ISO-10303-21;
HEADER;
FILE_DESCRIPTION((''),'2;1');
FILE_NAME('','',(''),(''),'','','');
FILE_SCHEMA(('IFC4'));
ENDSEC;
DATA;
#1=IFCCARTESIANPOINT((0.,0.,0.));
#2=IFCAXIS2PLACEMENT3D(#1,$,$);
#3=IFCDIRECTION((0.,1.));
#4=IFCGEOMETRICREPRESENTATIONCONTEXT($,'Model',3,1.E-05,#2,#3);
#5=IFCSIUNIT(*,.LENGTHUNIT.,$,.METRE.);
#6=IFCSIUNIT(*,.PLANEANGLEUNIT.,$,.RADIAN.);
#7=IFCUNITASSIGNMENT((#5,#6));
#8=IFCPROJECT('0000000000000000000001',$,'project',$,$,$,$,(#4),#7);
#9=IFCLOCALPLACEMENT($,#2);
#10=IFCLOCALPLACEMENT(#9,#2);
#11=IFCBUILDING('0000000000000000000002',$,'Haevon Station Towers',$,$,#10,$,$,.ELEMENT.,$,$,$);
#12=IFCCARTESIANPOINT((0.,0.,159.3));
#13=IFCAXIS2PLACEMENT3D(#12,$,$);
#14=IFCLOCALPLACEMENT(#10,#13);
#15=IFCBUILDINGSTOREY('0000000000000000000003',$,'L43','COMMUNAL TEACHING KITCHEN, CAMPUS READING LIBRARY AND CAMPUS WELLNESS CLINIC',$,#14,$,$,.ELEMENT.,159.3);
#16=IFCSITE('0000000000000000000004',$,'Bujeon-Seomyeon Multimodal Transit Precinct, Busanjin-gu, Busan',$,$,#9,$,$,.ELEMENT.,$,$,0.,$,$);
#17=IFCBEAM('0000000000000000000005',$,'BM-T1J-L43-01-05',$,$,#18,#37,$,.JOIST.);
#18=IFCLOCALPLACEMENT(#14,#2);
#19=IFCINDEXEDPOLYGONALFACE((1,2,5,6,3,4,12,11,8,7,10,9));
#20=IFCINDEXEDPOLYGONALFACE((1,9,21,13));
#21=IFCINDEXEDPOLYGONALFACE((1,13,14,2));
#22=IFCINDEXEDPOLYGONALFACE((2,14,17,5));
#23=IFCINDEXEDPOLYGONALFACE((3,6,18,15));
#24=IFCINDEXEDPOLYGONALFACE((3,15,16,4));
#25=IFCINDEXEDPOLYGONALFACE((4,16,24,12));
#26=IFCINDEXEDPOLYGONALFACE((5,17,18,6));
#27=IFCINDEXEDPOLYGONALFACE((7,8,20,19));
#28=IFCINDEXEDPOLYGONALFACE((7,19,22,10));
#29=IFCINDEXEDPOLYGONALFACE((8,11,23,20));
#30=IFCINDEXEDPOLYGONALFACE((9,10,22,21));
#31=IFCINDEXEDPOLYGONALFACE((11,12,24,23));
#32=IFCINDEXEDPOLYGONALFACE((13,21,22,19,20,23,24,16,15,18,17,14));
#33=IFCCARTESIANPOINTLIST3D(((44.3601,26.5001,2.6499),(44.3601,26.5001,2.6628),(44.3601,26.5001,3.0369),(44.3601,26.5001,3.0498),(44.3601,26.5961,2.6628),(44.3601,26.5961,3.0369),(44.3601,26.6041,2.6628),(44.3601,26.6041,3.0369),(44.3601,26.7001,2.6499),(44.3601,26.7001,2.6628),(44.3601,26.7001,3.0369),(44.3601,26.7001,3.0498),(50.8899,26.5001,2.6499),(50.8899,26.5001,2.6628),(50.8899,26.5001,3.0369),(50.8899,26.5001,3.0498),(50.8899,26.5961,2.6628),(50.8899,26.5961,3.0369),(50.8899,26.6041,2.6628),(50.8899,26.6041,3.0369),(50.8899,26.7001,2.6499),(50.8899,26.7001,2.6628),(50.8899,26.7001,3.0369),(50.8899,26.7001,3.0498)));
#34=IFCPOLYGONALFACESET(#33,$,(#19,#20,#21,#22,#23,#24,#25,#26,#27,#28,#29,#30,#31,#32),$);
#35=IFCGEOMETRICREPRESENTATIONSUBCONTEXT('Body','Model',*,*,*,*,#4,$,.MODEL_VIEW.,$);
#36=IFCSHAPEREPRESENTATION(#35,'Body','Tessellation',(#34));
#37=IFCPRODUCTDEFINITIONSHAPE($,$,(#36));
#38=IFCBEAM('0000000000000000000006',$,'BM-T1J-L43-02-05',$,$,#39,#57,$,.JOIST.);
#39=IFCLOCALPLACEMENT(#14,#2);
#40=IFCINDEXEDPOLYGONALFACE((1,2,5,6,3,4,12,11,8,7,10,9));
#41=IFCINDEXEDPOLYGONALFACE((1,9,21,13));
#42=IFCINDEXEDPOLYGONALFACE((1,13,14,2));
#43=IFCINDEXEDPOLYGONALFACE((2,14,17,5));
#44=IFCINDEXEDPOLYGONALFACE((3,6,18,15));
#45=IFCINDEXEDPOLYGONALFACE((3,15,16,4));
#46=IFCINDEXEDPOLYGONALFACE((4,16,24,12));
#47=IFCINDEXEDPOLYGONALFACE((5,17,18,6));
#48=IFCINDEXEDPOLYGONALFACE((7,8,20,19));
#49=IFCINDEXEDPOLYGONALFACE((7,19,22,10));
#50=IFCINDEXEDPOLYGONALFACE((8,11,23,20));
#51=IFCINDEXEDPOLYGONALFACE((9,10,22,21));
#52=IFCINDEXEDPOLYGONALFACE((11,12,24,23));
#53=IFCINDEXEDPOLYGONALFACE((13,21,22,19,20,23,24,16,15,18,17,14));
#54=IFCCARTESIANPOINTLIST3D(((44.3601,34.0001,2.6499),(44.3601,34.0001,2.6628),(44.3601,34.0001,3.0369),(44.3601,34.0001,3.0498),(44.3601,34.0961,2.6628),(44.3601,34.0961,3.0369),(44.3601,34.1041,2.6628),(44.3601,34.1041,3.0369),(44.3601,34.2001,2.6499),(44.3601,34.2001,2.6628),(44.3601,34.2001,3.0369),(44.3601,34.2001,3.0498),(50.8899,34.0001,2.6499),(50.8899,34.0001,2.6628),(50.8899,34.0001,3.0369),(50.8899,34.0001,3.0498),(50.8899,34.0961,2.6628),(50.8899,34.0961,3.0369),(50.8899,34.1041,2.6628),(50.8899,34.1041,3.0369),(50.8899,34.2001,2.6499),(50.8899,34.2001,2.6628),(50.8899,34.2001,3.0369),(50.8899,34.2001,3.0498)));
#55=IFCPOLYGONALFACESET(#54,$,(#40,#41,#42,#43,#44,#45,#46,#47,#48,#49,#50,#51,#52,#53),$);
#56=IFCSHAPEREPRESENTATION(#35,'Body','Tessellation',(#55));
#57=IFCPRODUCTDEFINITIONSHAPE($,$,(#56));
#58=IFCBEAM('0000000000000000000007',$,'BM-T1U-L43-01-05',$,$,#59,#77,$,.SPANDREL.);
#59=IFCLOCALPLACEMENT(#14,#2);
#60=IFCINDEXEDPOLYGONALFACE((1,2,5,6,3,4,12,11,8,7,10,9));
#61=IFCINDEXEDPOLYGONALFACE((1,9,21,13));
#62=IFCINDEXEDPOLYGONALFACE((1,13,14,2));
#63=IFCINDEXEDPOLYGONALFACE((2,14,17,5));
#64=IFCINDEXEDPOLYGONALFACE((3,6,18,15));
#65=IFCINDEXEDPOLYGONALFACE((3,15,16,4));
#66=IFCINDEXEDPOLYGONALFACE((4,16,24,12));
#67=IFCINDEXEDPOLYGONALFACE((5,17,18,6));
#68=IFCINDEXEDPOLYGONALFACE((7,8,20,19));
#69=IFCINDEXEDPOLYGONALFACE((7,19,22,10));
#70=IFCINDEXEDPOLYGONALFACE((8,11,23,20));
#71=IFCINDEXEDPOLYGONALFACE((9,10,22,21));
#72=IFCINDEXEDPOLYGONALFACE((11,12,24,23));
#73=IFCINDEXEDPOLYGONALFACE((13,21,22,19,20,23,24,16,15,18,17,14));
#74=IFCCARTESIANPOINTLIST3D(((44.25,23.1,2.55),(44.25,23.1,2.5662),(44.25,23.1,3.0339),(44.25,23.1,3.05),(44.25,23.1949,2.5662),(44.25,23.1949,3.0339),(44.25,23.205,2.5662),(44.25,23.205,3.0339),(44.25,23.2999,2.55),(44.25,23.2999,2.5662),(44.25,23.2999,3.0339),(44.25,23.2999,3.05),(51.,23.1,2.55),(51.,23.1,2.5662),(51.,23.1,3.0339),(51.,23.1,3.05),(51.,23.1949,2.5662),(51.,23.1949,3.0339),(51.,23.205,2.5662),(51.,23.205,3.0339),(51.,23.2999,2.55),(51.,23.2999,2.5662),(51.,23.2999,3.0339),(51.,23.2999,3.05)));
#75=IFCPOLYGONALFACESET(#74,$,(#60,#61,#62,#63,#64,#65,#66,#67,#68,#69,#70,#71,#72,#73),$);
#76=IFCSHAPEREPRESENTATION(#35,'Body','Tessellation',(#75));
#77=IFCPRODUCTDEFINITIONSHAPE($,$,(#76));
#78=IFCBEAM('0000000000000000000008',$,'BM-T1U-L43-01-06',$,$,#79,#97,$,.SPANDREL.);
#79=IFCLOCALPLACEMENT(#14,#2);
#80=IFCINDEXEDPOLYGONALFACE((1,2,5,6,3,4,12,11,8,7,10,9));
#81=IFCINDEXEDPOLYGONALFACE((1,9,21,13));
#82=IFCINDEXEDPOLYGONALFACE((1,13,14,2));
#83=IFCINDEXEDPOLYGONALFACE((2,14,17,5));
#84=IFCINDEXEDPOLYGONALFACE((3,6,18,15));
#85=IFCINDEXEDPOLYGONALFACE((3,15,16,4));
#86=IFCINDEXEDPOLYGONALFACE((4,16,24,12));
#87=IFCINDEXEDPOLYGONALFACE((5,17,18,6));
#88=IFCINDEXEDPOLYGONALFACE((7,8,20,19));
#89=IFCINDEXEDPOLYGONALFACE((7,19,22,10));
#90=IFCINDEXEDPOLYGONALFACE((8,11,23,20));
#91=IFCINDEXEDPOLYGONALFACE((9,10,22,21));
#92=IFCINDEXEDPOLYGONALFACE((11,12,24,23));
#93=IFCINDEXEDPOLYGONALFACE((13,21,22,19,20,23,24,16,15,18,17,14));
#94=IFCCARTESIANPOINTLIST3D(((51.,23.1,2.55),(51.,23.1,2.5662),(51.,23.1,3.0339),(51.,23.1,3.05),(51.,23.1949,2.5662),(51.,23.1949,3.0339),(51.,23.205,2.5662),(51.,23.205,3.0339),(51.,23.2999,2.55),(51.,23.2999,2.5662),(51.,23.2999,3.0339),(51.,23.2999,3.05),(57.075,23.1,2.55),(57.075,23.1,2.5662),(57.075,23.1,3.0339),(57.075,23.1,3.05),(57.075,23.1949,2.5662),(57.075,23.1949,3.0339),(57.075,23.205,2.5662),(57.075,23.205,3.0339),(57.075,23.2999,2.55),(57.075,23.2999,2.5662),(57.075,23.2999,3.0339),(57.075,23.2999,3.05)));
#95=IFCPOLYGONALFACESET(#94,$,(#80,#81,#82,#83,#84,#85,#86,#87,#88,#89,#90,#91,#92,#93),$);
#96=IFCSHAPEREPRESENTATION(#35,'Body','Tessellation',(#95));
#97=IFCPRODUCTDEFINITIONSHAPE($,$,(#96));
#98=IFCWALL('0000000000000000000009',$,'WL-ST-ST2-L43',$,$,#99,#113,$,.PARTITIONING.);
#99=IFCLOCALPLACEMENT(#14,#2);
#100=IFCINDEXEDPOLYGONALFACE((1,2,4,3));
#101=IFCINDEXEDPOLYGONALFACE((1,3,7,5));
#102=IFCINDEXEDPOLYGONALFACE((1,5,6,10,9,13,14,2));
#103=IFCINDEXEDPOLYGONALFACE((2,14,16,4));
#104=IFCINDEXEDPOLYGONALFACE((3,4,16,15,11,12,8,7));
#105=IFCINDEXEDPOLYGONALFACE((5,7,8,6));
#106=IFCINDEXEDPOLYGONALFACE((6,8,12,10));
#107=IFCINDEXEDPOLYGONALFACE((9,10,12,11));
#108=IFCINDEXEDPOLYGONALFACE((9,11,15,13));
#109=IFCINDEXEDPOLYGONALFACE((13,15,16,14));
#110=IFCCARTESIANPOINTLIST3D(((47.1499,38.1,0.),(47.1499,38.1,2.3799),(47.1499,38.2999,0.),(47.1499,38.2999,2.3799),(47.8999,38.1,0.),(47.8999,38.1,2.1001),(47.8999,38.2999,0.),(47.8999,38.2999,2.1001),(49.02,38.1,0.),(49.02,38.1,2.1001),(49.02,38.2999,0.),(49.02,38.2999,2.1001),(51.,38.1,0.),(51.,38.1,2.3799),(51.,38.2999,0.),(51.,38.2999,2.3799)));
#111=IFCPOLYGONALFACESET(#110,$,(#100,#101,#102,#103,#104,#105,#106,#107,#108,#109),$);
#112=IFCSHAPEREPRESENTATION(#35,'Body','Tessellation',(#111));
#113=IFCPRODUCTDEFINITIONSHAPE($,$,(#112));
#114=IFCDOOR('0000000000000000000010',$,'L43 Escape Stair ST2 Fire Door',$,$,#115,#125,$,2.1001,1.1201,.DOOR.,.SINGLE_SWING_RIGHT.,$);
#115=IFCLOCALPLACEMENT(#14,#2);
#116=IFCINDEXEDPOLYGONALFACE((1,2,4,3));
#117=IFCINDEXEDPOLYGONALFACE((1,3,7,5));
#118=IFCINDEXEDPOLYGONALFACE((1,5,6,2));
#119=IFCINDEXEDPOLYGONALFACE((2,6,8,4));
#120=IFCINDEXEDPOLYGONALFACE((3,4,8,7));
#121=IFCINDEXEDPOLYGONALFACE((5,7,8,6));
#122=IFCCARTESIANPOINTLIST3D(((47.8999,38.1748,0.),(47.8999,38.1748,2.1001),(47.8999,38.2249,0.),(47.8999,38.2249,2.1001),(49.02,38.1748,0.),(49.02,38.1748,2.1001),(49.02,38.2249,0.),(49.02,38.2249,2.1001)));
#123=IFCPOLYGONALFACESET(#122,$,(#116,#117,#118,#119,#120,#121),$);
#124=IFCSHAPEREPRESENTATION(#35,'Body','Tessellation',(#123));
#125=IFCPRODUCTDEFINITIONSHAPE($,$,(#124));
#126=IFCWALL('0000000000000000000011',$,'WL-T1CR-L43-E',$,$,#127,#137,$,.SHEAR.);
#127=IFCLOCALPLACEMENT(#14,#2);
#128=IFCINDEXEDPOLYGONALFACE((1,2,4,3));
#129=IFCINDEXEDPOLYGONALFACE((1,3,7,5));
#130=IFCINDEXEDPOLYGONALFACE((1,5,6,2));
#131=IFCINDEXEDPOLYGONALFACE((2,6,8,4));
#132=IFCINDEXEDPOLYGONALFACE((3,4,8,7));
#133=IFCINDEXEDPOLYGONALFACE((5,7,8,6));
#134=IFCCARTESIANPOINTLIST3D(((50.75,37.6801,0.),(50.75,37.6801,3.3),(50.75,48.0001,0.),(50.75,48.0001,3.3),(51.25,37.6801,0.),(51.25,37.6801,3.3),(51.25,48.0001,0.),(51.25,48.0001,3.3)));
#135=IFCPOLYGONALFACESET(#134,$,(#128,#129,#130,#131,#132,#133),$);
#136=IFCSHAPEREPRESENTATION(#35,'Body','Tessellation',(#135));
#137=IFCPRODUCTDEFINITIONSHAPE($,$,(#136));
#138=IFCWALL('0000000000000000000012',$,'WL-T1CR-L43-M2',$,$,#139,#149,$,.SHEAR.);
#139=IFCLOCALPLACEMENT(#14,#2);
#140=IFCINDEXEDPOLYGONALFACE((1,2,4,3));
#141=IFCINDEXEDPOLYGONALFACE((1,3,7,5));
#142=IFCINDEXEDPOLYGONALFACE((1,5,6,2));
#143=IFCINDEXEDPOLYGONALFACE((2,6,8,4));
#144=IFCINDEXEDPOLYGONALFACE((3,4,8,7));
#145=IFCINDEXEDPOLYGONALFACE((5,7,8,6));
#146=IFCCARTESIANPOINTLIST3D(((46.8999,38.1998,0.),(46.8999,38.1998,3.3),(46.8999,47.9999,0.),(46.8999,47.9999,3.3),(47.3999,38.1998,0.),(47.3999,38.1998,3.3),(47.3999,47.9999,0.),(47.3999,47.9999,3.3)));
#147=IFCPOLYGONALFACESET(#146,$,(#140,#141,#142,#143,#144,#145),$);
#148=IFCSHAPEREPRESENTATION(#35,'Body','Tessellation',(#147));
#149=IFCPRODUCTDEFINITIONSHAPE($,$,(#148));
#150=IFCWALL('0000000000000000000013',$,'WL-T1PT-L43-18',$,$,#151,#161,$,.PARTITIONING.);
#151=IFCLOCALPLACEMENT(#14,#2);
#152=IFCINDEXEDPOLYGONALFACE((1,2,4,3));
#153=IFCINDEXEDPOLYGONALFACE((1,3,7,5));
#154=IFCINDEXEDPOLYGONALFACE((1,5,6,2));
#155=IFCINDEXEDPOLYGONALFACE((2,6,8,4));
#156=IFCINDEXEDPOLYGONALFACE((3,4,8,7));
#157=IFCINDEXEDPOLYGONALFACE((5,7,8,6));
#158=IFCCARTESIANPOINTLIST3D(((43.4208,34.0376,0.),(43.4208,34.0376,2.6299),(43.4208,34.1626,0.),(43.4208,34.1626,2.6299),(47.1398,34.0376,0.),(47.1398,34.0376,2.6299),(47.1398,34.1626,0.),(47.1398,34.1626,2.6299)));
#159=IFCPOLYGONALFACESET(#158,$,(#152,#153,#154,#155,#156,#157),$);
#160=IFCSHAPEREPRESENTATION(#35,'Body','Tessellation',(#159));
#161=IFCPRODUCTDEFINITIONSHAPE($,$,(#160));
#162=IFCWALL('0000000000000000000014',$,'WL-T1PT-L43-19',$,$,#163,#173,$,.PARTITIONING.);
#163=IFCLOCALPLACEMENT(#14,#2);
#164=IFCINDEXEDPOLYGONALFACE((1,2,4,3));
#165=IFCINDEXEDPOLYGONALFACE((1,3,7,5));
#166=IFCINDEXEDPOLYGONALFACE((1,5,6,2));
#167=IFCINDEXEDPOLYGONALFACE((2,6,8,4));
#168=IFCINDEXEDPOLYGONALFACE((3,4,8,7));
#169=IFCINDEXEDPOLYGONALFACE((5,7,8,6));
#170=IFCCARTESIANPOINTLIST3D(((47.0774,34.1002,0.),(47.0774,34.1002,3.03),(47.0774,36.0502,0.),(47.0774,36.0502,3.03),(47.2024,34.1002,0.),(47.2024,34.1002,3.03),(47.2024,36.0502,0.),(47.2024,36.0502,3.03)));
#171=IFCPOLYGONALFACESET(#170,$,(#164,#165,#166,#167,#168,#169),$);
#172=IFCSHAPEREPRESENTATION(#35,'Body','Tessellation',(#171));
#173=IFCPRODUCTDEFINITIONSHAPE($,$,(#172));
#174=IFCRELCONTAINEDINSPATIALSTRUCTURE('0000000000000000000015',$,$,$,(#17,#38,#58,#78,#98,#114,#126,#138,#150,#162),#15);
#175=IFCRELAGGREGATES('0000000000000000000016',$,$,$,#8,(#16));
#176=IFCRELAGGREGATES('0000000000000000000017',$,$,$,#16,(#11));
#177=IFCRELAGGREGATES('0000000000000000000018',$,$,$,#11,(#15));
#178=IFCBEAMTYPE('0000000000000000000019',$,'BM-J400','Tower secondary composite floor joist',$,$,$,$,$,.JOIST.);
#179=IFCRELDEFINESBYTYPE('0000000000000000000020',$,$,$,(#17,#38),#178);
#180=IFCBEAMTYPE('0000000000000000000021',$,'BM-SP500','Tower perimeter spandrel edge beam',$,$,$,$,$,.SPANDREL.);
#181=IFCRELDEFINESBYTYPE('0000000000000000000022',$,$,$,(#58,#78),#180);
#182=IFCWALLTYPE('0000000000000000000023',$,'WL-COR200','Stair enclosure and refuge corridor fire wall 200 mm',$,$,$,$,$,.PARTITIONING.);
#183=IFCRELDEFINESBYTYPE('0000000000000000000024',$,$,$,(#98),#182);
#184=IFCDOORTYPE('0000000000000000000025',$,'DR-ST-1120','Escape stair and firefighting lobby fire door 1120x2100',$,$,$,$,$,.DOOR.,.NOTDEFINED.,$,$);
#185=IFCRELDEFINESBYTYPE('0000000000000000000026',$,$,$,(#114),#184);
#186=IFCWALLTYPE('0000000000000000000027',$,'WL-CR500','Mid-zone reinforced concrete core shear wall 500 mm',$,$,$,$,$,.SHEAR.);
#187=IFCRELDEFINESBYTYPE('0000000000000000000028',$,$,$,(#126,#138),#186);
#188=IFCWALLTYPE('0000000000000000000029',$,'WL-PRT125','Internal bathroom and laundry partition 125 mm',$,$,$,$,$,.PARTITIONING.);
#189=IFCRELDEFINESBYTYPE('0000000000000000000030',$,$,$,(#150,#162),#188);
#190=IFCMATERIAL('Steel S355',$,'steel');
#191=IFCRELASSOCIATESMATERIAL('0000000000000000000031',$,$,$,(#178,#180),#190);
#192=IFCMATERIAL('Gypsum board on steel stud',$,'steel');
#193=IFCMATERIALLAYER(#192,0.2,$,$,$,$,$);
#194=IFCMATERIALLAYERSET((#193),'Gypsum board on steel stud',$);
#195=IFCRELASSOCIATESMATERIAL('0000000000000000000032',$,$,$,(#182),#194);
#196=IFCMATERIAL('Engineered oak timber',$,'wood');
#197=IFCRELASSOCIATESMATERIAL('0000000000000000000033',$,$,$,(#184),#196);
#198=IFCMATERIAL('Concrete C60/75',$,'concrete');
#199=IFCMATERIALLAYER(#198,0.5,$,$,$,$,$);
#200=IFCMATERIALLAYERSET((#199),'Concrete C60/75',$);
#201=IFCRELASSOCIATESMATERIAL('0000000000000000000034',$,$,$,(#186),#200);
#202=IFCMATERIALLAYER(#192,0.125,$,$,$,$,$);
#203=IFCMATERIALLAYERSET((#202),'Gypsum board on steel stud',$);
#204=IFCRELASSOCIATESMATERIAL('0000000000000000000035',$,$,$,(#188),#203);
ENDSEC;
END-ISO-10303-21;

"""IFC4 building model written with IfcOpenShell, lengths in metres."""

from ifc_helpers import new_model, si_unit, direction, frame, frame_2d, origin, origin_2d, place, context, subcontext, project, spatial, rectangle, i_section, extrude, material, layer, layer_set, material_profile, profile_set, type_object, element, fill, save


model = new_model("IFC4")

# Units and contexts
model_context = context("Model", 3, precision=1e-05, world=origin(), true_north=direction((0.0, 1.0)))
body_context = subcontext(model_context, "Body", "Model", "MODEL_VIEW")
ifc_project = project(units=[si_unit("LENGTHUNIT", "METRE"), si_unit("PLANEANGLEUNIT", "RADIAN")], contexts=[model_context])

# Site, building, storey
site_placement = place(None, origin())
site = spatial("IfcSite", under=ifc_project, at=site_placement, Name="Bujeon-Seomyeon Multimodal Transit Precinct, Busanjin-gu, Busan", CompositionType="ELEMENT", RefElevation=0.0)
building_placement = place(site_placement, origin())
building = spatial("IfcBuilding", under=site, at=building_placement, Name="Haevon Station Towers", CompositionType="ELEMENT")
storey_placement = place(building_placement, frame((0.0, 0.0, 159.3)))
storey = spatial("IfcBuildingStorey", under=building, at=storey_placement, Name="L43", Description="COMMUNAL TEACHING KITCHEN, CAMPUS READING LIBRARY AND CAMPUS WELLNESS CLINIC", CompositionType="ELEMENT", Elevation=159.3)

# Shared definitions
ifc_material_1 = material(Name="Steel S355", Category="steel")

# Beams
ifc_material_profile_1 = material_profile(ifc_material_1, i_section(OverallWidth=0.2, OverallDepth=0.3999, WebThickness=0.0081, FlangeThickness=0.0129, at=origin_2d()), Name="H-400x200x8x13")
ifc_profile_set_1 = profile_set([ifc_material_profile_1], Name="Steel S355")
beam_type_1 = type_object("IfcBeamType", Name="BM-J400", Description="Tower secondary composite floor joist", PredefinedType="JOIST", material=ifc_profile_set_1)
for number, where, z_axis, x_axis, name in (
    (1, (44.3601, 26.6001, 2.8499), (1.0, 0.0, 0.0), (0.0, 1.0, 0.0), "BM-T1J-L43-01-05"),
    (2, (44.3601, 34.1001, 2.8499), (1.0, 0.0, 0.0), (0.0, 1.0, 0.0), "BM-T1J-L43-02-05"),
):
    element("IfcBeam", number, at=place(storey_placement, frame(where, z_axis=z_axis, x_axis=x_axis)), inside=storey, type_object=beam_type_1, Name=name, PredefinedType="JOIST", context=body_context, shape_type="SweptSolid", body=[
        extrude(i_section(OverallWidth=0.2, OverallDepth=0.3999, WebThickness=0.0081, FlangeThickness=0.0129, at=origin_2d()), origin(), (0.0, 0.0, 1.0), 6.5298),
    ])
ifc_material_profile_2 = material_profile(ifc_material_1, i_section(OverallWidth=0.2, OverallDepth=0.5, WebThickness=0.01, FlangeThickness=0.0161, at=origin_2d()), Name="H-500x200x10x16")
ifc_profile_set_2 = profile_set([ifc_material_profile_2], Name="Steel S355")
beam_type_2 = type_object("IfcBeamType", Name="BM-SP500", Description="Tower perimeter spandrel edge beam", PredefinedType="SPANDREL", material=ifc_profile_set_2)
beam_1_placement = place(storey_placement, frame((44.25, 23.2, 2.8), z_axis=(1.0, 0.0, 0.0), x_axis=(0.0, 1.0, 0.0)))
element("IfcBeam", 3, at=beam_1_placement, inside=storey, type_object=beam_type_2, Name="BM-T1U-L43-01-05", PredefinedType="SPANDREL", context=body_context, shape_type="SweptSolid", body=[
    extrude(i_section(OverallWidth=0.2, OverallDepth=0.5, WebThickness=0.01, FlangeThickness=0.0161, at=origin_2d()), origin(), (0.0, 0.0, 1.0), 6.75),
])
beam_2_placement = place(storey_placement, frame((51.0, 23.2, 2.8), z_axis=(1.0, 0.0, 0.0), x_axis=(0.0, 1.0, 0.0)))
element("IfcBeam", 4, at=beam_2_placement, inside=storey, type_object=beam_type_2, Name="BM-T1U-L43-01-06", PredefinedType="SPANDREL", context=body_context, shape_type="SweptSolid", body=[
    extrude(i_section(OverallWidth=0.2, OverallDepth=0.5, WebThickness=0.01, FlangeThickness=0.0161, at=origin_2d()), origin(), (0.0, 0.0, 1.0), 6.075),
])

# Wall, opening, door
ifc_material_2 = material(Name="Gypsum board on steel stud", Category="steel")
ifc_layer_1 = layer(ifc_material_2, 0.2)
ifc_layer_set_1 = layer_set([ifc_layer_1], Name="Gypsum board on steel stud")
wall_type_1 = type_object("IfcWallType", Name="WL-COR200", Description="Stair enclosure and refuge corridor fire wall 200 mm", PredefinedType="PARTITIONING", material=ifc_layer_set_1)
wall_1_placement = place(storey_placement, frame((47.1499, 38.2, 0.0), z_axis=(0.0, 0.0, 1.0), x_axis=(1.0, 0.0, 0.0)))
wall_1 = element("IfcWall", 5, at=wall_1_placement, inside=storey, type_object=wall_type_1, Name="WL-ST-ST2-L43", PredefinedType="PARTITIONING", context=body_context, shape_type="SweptSolid", body=[
    extrude(rectangle(XDim=3.8501, YDim=0.2, at=frame_2d((1.925, 0.0))), origin(), (0.0, 0.0, 1.0), 2.3799),
])
opening_placement = place(wall_1_placement, frame((0.75, 0.0, 0.0)))
opening = element("IfcOpeningElement", 6, at=opening_placement, cuts=wall_1, PredefinedType="OPENING", context=body_context, shape_type="SweptSolid", body=[
    extrude(rectangle(XDim=1.1201, YDim=2.1001, at=frame_2d((0.5601, 1.05))), frame((0.0, 0.1099, 0.0), z_axis=(0.0, -1.0, 0.0), x_axis=(1.0, 0.0, 0.0)), (0.0, 0.0, 1.0), 0.22),
])
ifc_material_3 = material(Name="Engineered oak timber", Category="wood")
door_type = type_object("IfcDoorType", Name="DR-ST-1120", Description="Escape stair and firefighting lobby fire door 1120x2100", OperationType="NOTDEFINED", PredefinedType="DOOR", material=ifc_material_3)
door_placement = place(opening_placement, origin())
door = element("IfcDoor", 7, at=door_placement, inside=storey, type_object=door_type, Name="L43 Escape Stair ST2 Fire Door", OperationType="SINGLE_SWING_RIGHT", OverallHeight=2.1001, OverallWidth=1.1201, PredefinedType="DOOR", context=body_context, shape_type="SweptSolid", body=[
    extrude(rectangle(XDim=1.1201, YDim=2.1001, at=frame_2d((0.5601, 1.05))), frame((0.0, 0.0249, 0.0), z_axis=(0.0, -1.0, 0.0), x_axis=(1.0, 0.0, 0.0)), (0.0, 0.0, 1.0), 0.05),
])
fill(opening, door)

# Walls
ifc_material_4 = material(Name="Concrete C60/75", Category="concrete")
ifc_layer_2 = layer(ifc_material_4, 0.5)
ifc_layer_set_2 = layer_set([ifc_layer_2], Name="Concrete C60/75")
wall_type_2 = type_object("IfcWallType", Name="WL-CR500", Description="Mid-zone reinforced concrete core shear wall 500 mm", PredefinedType="SHEAR", material=ifc_layer_set_2)
wall_2_placement = place(storey_placement, frame((51.0, 37.6799, 0.0), z_axis=(0.0, 0.0, 1.0), x_axis=(0.0, 1.0, 0.0)))
element("IfcWall", 8, at=wall_2_placement, inside=storey, type_object=wall_type_2, Name="WL-T1CR-L43-E", PredefinedType="SHEAR", context=body_context, shape_type="SweptSolid", body=[
    extrude(rectangle(XDim=10.3201, YDim=0.5, at=frame_2d((5.1602, 0.0))), origin(), (0.0, 0.0, 1.0), 3.3),
])
wall_3_placement = place(storey_placement, frame((47.1499, 38.2, 0.0), z_axis=(0.0, 0.0, 1.0), x_axis=(0.0, 1.0, 0.0)))
element("IfcWall", 9, at=wall_3_placement, inside=storey, type_object=wall_type_2, Name="WL-T1CR-L43-M2", PredefinedType="SHEAR", context=body_context, shape_type="SweptSolid", body=[
    extrude(rectangle(XDim=9.8, YDim=0.5, at=frame_2d((4.8999, 0.0))), origin(), (0.0, 0.0, 1.0), 3.3),
])
ifc_layer_3 = layer(ifc_material_2, 0.125)
ifc_layer_set_3 = layer_set([ifc_layer_3], Name="Gypsum board on steel stud")
wall_type_3 = type_object("IfcWallType", Name="WL-PRT125", Description="Internal bathroom and laundry partition 125 mm", PredefinedType="PARTITIONING", material=ifc_layer_set_3)
wall_4_placement = place(storey_placement, frame((43.4209, 34.1001, 0.0), z_axis=(0.0, 0.0, 1.0), x_axis=(1.0, 0.0, 0.0)))
element("IfcWall", 10, at=wall_4_placement, inside=storey, type_object=wall_type_3, Name="WL-T1PT-L43-18", PredefinedType="PARTITIONING", context=body_context, shape_type="SweptSolid", body=[
    extrude(rectangle(XDim=3.719, YDim=0.125, at=frame_2d((1.8594, 0.0))), origin(), (0.0, 0.0, 1.0), 2.6299),
])
wall_5_placement = place(storey_placement, frame((47.1399, 34.1001, 0.0), z_axis=(0.0, 0.0, 1.0), x_axis=(0.0, 1.0, 0.0)))
element("IfcWall", 11, at=wall_5_placement, inside=storey, type_object=wall_type_3, Name="WL-T1PT-L43-19", PredefinedType="PARTITIONING", context=body_context, shape_type="SweptSolid", body=[
    extrude(rectangle(XDim=1.95, YDim=0.125, at=frame_2d((0.9751, 0.0))), origin(), (0.0, 0.0, 1.0), 3.03),
])

save(model, "model.ifc")
